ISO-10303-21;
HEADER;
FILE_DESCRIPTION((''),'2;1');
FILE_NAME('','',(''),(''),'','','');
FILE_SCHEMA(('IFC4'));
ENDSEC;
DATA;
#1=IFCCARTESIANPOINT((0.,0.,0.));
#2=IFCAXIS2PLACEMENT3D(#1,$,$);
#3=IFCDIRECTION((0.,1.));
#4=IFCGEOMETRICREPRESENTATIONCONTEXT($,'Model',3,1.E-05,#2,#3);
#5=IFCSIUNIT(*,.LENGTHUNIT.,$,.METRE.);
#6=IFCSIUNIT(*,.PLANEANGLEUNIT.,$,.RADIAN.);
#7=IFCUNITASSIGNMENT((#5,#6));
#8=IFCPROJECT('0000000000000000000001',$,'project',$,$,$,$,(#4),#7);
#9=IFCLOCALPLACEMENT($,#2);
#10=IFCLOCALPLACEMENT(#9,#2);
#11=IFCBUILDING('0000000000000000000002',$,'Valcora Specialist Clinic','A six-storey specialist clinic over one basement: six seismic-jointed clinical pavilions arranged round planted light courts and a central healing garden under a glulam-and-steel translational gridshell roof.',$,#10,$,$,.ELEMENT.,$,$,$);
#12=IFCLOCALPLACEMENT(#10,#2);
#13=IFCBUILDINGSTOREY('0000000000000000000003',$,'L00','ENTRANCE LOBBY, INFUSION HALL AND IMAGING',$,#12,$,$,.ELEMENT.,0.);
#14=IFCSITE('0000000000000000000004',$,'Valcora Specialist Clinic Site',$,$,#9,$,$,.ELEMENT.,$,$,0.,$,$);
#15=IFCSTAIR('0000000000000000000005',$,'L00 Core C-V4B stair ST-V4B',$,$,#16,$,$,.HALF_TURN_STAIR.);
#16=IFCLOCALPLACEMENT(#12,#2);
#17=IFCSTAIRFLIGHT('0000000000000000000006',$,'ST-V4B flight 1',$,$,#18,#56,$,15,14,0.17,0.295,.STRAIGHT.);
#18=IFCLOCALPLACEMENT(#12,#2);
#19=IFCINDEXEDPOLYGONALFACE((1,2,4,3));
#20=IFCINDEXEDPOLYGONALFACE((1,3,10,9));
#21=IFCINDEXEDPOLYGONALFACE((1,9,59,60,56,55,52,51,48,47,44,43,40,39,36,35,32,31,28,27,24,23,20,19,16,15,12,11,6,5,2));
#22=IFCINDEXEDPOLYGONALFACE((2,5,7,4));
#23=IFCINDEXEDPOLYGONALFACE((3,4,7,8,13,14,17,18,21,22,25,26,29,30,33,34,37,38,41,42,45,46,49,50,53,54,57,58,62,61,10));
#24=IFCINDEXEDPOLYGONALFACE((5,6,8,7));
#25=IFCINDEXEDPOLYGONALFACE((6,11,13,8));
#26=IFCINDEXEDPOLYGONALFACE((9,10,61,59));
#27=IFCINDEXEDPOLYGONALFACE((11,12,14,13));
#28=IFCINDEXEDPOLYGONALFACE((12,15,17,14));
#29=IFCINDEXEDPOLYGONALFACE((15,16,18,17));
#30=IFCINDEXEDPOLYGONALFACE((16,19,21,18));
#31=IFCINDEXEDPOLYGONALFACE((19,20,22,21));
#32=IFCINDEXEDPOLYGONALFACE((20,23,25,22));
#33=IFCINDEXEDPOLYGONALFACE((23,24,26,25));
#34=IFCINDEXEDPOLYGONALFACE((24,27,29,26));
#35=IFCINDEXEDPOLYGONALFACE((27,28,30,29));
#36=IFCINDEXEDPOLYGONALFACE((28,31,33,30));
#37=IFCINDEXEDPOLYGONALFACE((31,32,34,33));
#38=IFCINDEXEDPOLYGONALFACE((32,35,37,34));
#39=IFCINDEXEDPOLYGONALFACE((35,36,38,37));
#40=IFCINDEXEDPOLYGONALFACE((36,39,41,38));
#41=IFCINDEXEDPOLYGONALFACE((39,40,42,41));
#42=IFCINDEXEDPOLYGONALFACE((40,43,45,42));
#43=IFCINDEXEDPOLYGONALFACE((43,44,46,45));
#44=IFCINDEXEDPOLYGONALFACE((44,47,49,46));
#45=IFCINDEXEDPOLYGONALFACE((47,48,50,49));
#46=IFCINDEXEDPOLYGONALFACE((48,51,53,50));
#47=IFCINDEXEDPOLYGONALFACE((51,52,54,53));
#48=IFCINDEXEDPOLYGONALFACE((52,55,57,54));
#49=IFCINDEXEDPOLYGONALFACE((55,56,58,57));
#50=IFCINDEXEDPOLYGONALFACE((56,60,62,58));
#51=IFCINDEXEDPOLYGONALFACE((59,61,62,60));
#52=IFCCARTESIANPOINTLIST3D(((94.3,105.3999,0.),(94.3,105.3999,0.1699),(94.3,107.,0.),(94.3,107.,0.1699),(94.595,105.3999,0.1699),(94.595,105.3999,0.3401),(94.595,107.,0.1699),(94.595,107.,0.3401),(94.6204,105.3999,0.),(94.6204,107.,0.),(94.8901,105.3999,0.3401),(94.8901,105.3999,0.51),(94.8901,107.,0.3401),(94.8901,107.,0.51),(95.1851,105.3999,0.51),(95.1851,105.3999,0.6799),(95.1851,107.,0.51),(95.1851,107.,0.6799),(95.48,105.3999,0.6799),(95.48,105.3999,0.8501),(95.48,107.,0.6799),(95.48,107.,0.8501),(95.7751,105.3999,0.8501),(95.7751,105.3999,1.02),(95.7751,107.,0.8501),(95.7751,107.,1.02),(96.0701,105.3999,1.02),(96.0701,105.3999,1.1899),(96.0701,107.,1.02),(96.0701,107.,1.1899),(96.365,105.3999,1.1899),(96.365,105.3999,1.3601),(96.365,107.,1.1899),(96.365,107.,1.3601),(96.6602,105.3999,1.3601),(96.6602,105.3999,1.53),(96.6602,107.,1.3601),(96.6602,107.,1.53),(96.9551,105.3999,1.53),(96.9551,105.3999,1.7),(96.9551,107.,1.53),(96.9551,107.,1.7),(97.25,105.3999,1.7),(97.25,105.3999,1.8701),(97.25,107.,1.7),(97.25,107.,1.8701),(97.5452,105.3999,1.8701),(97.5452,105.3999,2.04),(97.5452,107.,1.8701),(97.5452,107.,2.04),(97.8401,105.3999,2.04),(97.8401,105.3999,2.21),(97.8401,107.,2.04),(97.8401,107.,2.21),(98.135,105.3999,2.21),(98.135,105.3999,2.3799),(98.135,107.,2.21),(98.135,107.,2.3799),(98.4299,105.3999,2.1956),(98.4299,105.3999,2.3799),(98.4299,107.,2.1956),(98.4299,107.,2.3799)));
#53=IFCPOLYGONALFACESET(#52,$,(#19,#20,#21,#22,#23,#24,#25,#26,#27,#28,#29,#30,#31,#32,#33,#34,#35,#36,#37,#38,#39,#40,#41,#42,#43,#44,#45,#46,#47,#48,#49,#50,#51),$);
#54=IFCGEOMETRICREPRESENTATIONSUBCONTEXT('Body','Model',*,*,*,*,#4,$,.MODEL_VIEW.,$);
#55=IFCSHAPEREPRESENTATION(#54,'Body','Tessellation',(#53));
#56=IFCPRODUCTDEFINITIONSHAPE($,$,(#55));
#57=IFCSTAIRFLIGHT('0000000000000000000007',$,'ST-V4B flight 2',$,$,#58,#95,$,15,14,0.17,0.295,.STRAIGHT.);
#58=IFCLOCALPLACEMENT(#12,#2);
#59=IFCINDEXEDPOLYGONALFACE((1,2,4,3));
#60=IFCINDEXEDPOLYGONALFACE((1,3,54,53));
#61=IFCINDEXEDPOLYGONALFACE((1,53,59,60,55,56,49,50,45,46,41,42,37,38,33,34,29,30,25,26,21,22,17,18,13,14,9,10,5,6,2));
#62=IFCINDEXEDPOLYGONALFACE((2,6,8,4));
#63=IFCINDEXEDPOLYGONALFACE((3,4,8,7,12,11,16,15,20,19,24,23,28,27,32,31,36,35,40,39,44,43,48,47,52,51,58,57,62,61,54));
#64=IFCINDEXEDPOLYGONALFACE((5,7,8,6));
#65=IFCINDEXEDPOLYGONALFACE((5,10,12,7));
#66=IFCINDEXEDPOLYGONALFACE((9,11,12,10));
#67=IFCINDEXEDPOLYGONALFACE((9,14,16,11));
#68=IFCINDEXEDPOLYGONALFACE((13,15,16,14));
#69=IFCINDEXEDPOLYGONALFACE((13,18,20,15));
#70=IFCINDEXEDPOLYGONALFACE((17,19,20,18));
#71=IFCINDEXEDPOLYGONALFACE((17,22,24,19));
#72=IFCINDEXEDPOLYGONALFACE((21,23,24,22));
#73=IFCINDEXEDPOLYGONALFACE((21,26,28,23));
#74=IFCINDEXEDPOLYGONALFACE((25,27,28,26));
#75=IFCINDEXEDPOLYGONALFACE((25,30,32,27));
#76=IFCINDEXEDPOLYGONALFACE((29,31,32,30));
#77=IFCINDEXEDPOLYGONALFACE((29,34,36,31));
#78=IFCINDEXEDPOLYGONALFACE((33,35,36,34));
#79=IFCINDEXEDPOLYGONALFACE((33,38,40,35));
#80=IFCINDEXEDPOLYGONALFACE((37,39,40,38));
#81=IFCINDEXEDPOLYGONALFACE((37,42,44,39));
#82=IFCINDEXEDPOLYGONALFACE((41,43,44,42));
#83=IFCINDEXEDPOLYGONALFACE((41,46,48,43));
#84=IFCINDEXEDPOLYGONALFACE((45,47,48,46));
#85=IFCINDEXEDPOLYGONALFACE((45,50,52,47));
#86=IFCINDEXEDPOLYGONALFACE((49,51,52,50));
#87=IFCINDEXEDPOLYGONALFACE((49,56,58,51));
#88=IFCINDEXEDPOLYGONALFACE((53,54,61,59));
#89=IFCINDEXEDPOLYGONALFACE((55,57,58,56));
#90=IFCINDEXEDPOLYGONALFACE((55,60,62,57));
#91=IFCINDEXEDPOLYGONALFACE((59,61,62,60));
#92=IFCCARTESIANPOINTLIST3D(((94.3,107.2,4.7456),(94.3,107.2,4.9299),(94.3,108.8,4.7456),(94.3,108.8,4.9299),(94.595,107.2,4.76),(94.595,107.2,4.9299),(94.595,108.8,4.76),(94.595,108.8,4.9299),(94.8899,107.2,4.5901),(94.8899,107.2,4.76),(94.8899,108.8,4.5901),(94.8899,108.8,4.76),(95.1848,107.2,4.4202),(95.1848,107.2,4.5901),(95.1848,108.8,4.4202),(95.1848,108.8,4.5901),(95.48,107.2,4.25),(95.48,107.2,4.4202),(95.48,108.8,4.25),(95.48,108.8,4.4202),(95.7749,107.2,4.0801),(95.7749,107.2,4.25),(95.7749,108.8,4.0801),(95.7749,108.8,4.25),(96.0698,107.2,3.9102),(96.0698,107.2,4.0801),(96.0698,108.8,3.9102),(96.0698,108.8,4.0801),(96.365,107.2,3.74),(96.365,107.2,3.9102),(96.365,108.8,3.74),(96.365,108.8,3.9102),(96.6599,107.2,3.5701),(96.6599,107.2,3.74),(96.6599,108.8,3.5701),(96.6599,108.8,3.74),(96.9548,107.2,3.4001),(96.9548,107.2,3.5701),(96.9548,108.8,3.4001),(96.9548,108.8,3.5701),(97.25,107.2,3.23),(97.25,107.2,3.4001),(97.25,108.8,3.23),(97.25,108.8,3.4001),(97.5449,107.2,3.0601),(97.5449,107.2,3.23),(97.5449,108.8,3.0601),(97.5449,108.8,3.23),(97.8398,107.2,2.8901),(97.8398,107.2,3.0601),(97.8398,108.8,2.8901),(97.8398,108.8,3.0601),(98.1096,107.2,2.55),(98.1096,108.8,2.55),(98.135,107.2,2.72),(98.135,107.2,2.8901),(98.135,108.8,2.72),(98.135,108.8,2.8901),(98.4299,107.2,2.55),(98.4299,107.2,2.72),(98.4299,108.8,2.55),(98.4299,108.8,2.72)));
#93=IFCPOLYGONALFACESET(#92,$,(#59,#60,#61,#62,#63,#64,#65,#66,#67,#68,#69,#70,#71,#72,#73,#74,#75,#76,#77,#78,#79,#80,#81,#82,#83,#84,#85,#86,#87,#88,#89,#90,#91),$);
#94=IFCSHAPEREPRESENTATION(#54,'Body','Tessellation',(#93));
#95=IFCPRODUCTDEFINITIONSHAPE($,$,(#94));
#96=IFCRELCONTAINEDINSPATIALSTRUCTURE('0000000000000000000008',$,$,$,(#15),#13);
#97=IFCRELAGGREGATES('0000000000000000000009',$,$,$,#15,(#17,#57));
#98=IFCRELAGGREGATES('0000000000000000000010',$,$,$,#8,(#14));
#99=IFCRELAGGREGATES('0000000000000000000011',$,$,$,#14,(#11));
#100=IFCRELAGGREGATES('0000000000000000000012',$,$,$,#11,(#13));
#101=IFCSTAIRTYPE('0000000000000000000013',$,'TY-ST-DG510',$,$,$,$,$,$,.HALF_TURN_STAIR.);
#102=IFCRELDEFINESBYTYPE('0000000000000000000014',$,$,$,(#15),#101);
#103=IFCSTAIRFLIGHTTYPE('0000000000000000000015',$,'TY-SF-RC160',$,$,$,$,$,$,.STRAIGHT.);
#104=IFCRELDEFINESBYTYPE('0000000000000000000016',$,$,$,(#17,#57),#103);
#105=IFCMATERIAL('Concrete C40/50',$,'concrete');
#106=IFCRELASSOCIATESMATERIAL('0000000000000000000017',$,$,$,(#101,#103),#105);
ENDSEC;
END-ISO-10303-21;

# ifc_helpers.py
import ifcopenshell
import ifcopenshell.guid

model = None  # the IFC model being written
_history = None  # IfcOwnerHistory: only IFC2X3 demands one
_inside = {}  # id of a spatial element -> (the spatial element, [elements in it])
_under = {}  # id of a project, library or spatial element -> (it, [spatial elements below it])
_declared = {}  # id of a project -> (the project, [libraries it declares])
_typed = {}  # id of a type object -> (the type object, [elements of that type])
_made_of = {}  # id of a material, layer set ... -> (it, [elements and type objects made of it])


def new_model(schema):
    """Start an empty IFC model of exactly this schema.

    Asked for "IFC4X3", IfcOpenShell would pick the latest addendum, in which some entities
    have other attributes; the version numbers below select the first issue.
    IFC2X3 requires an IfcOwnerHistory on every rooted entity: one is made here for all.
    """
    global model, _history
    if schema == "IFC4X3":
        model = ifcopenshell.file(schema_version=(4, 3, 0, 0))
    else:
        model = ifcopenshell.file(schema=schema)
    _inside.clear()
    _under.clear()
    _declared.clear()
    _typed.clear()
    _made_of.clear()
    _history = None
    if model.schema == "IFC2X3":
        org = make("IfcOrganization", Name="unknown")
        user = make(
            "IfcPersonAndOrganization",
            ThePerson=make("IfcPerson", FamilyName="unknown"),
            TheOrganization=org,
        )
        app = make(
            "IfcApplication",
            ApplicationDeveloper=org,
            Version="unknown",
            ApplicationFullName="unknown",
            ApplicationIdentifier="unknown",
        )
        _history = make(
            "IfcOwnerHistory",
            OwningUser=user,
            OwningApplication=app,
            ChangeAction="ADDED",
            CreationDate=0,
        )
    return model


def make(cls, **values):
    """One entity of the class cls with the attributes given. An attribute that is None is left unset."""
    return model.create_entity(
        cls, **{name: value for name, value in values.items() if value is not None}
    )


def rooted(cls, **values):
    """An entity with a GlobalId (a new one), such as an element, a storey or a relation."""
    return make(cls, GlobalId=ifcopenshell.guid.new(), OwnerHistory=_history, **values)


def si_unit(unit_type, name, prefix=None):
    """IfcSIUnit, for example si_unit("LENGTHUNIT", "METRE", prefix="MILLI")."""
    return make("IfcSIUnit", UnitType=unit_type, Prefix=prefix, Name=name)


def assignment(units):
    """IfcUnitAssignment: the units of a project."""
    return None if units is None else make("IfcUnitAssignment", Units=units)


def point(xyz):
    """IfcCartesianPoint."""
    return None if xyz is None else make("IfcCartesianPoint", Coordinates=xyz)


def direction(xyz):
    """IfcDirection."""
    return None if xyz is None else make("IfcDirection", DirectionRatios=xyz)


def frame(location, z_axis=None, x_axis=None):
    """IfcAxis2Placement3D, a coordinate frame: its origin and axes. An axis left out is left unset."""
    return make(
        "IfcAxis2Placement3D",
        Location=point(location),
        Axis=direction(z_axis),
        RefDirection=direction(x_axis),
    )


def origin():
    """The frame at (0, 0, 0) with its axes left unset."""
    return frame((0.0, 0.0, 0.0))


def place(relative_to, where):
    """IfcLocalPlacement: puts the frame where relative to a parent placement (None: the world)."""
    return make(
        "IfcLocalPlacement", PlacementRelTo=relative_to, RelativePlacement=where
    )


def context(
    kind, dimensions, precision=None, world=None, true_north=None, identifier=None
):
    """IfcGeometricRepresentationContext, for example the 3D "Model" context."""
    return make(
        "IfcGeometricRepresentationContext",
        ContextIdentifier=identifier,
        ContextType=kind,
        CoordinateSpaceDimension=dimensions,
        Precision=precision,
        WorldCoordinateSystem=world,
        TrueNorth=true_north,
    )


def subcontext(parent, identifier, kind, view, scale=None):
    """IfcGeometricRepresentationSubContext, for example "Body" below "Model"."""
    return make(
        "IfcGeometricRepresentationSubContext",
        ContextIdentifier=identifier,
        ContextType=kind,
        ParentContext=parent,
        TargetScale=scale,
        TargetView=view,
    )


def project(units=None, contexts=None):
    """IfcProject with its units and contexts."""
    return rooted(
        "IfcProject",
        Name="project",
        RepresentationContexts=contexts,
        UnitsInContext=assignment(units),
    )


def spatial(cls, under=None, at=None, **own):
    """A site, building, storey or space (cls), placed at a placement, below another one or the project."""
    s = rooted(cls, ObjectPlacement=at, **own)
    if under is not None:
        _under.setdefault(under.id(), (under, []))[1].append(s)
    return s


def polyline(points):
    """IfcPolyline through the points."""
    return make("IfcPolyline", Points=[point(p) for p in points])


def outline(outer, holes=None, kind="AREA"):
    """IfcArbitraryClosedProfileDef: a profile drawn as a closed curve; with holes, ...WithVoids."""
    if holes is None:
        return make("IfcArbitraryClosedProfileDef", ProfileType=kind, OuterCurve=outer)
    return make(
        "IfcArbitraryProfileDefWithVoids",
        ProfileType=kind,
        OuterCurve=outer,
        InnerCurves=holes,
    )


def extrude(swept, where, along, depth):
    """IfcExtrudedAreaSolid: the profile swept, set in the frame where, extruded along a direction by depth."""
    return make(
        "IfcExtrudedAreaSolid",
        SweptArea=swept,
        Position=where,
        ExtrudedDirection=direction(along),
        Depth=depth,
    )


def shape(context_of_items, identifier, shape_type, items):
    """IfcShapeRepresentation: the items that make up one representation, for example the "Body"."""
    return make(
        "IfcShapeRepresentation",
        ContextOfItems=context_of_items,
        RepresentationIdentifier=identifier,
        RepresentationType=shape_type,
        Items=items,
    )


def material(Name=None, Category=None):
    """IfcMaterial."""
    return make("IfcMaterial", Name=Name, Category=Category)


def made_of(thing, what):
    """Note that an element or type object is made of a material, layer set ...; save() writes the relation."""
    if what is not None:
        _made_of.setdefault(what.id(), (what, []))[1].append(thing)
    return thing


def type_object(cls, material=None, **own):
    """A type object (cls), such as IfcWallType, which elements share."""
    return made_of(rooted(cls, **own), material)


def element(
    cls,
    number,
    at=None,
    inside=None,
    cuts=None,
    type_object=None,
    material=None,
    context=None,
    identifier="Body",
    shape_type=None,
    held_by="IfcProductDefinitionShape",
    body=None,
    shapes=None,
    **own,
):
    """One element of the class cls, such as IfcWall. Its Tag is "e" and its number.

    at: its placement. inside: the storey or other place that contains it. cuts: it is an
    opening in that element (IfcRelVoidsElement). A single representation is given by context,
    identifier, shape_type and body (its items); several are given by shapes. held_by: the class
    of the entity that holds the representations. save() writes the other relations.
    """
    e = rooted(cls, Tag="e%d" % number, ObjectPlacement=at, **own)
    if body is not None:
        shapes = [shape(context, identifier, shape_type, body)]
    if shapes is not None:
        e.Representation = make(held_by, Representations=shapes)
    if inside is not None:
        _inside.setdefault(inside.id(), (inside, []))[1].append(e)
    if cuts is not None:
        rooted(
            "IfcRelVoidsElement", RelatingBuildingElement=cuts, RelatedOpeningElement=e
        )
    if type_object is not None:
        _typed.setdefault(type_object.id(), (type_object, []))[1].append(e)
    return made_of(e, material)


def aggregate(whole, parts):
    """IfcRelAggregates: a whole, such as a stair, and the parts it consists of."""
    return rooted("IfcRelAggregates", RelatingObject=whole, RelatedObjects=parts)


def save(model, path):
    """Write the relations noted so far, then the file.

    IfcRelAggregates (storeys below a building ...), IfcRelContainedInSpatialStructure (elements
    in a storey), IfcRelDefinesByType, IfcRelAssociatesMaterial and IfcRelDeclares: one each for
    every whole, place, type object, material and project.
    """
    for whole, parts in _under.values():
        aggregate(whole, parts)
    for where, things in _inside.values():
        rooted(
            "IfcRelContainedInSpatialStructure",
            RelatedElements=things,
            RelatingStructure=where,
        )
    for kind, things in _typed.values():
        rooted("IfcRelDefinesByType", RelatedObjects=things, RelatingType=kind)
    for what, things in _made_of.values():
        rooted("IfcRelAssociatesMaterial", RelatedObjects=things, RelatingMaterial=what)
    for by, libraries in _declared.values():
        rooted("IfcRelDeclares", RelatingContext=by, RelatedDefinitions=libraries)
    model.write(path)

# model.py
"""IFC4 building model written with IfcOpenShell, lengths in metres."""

from ifc_helpers import new_model, si_unit, direction, frame, origin, place, context, subcontext, project, spatial, polyline, outline, extrude, material, type_object, element, aggregate, save


model = new_model("IFC4")

# Units and contexts
model_context = context("Model", 3, precision=1e-05, world=origin(), true_north=direction((0.0, 1.0)))
body_context = subcontext(model_context, "Body", "Model", "MODEL_VIEW")
ifc_project = project(units=[si_unit("LENGTHUNIT", "METRE"), si_unit("PLANEANGLEUNIT", "RADIAN")], contexts=[model_context])

# Site, building, storey
site_placement = place(None, origin())
site = spatial("IfcSite", under=ifc_project, at=site_placement, Name="Valcora Specialist Clinic Site", CompositionType="ELEMENT", RefElevation=0.0)
building_placement = place(site_placement, origin())
building = spatial("IfcBuilding", under=site, at=building_placement, Name="Valcora Specialist Clinic", Description="A six-storey specialist clinic over one basement: six seismic-jointed clinical pavilions arranged round planted light courts and a central healing garden under a glulam-and-steel translational gridshell roof.", CompositionType="ELEMENT")
storey_placement = place(building_placement, origin())
storey = spatial("IfcBuildingStorey", under=building, at=storey_placement, Name="L00", Description="ENTRANCE LOBBY, INFUSION HALL AND IMAGING", CompositionType="ELEMENT", Elevation=0.0)

# Shared definitions
ifc_material_1 = material(Name="Concrete C40/50", Category="concrete")

# Stair, stair flights
stair_type = type_object("IfcStairType", Name="TY-ST-DG510", PredefinedType="HALF_TURN_STAIR", material=ifc_material_1)
stair_placement = place(storey_placement, origin())
stair = element("IfcStair", 1, at=stair_placement, inside=storey, type_object=stair_type, Name="L00 Core C-V4B stair ST-V4B", PredefinedType="HALF_TURN_STAIR")
stair_flight_type = type_object("IfcStairFlightType", Name="TY-SF-RC160", PredefinedType="STRAIGHT", material=ifc_material_1)
stair_flight_1_placement = place(storey_placement, frame((94.3, 106.2, 0.0), z_axis=(0.0, 0.0, 1.0), x_axis=(1.0, 0.0, 0.0)))
stair_flight_1 = element("IfcStairFlight", 2, at=stair_flight_1_placement, type_object=stair_flight_type, Name="ST-V4B flight 1", NumberOfRisers=15, NumberOfTreads=14, PredefinedType="STRAIGHT", RiserHeight=0.17, TreadLength=0.295, context=body_context, shape_type="SweptSolid", body=[
    extrude(outline(polyline([(0.0, 0.0), (0.0, 0.1699), (0.2949, 0.1699), (0.2949, 0.3401), (0.5901, 0.3401), (0.5901, 0.51), (0.885, 0.51), (0.885, 0.6799), (1.1799, 0.6799), (1.1799, 0.8501), (1.4751, 0.8501), (1.4751, 1.02), (1.77, 1.02), (1.77, 1.1899), (2.0649, 1.1899), (2.0649, 1.3601), (2.3601, 1.3601), (2.3601, 1.53), (2.655, 1.53), (2.655, 1.7), (2.95, 1.7), (2.95, 1.8701), (3.2451, 1.8701), (3.2451, 2.04), (3.54, 2.04), (3.54, 2.21), (3.835, 2.21), (3.835, 2.3799), (4.1299, 2.3799), (4.1299, 2.55), (4.1299, 2.1956), (0.3203, 0.0), (0.0, 0.0)])), frame((0.0, 0.8, 0.0), z_axis=(0.0, -1.0, 0.0), x_axis=(1.0, 0.0, 0.0)), (0.0, 0.0, 1.0), 1.6001),
])
stair_flight_2_placement = place(storey_placement, frame((98.4299, 108.0, 2.55), z_axis=(0.0, 0.0, 1.0), x_axis=(-1.0, 0.0, 0.0)))
stair_flight_2 = element("IfcStairFlight", 3, at=stair_flight_2_placement, type_object=stair_flight_type, Name="ST-V4B flight 2", NumberOfRisers=15, NumberOfTreads=14, PredefinedType="STRAIGHT", RiserHeight=0.17, TreadLength=0.295, context=body_context, shape_type="SweptSolid", body=[
    extrude(outline(polyline([(0.0, 0.0), (0.0, 0.1699), (0.2949, 0.1699), (0.2949, 0.3401), (0.5901, 0.3401), (0.5901, 0.51), (0.885, 0.51), (0.885, 0.6799), (1.1799, 0.6799), (1.1799, 0.8501), (1.4751, 0.8501), (1.4751, 1.02), (1.77, 1.02), (1.77, 1.1899), (2.0649, 1.1899), (2.0649, 1.3601), (2.3601, 1.3601), (2.3601, 1.53), (2.655, 1.53), (2.655, 1.7), (2.95, 1.7), (2.95, 1.8701), (3.2451, 1.8701), (3.2451, 2.04), (3.54, 2.04), (3.54, 2.21), (3.835, 2.21), (3.835, 2.3799), (4.1299, 2.3799), (4.1299, 2.55), (4.1299, 2.1956), (0.3203, 0.0), (0.0, 0.0)])), frame((0.0, 0.8, 0.0), z_axis=(0.0, -1.0, 0.0), x_axis=(1.0, 0.0, 0.0)), (0.0, 0.0, 1.0), 1.6001),
])
aggregate(stair, [stair_flight_1, stair_flight_2])

save(model, "model.ifc")
